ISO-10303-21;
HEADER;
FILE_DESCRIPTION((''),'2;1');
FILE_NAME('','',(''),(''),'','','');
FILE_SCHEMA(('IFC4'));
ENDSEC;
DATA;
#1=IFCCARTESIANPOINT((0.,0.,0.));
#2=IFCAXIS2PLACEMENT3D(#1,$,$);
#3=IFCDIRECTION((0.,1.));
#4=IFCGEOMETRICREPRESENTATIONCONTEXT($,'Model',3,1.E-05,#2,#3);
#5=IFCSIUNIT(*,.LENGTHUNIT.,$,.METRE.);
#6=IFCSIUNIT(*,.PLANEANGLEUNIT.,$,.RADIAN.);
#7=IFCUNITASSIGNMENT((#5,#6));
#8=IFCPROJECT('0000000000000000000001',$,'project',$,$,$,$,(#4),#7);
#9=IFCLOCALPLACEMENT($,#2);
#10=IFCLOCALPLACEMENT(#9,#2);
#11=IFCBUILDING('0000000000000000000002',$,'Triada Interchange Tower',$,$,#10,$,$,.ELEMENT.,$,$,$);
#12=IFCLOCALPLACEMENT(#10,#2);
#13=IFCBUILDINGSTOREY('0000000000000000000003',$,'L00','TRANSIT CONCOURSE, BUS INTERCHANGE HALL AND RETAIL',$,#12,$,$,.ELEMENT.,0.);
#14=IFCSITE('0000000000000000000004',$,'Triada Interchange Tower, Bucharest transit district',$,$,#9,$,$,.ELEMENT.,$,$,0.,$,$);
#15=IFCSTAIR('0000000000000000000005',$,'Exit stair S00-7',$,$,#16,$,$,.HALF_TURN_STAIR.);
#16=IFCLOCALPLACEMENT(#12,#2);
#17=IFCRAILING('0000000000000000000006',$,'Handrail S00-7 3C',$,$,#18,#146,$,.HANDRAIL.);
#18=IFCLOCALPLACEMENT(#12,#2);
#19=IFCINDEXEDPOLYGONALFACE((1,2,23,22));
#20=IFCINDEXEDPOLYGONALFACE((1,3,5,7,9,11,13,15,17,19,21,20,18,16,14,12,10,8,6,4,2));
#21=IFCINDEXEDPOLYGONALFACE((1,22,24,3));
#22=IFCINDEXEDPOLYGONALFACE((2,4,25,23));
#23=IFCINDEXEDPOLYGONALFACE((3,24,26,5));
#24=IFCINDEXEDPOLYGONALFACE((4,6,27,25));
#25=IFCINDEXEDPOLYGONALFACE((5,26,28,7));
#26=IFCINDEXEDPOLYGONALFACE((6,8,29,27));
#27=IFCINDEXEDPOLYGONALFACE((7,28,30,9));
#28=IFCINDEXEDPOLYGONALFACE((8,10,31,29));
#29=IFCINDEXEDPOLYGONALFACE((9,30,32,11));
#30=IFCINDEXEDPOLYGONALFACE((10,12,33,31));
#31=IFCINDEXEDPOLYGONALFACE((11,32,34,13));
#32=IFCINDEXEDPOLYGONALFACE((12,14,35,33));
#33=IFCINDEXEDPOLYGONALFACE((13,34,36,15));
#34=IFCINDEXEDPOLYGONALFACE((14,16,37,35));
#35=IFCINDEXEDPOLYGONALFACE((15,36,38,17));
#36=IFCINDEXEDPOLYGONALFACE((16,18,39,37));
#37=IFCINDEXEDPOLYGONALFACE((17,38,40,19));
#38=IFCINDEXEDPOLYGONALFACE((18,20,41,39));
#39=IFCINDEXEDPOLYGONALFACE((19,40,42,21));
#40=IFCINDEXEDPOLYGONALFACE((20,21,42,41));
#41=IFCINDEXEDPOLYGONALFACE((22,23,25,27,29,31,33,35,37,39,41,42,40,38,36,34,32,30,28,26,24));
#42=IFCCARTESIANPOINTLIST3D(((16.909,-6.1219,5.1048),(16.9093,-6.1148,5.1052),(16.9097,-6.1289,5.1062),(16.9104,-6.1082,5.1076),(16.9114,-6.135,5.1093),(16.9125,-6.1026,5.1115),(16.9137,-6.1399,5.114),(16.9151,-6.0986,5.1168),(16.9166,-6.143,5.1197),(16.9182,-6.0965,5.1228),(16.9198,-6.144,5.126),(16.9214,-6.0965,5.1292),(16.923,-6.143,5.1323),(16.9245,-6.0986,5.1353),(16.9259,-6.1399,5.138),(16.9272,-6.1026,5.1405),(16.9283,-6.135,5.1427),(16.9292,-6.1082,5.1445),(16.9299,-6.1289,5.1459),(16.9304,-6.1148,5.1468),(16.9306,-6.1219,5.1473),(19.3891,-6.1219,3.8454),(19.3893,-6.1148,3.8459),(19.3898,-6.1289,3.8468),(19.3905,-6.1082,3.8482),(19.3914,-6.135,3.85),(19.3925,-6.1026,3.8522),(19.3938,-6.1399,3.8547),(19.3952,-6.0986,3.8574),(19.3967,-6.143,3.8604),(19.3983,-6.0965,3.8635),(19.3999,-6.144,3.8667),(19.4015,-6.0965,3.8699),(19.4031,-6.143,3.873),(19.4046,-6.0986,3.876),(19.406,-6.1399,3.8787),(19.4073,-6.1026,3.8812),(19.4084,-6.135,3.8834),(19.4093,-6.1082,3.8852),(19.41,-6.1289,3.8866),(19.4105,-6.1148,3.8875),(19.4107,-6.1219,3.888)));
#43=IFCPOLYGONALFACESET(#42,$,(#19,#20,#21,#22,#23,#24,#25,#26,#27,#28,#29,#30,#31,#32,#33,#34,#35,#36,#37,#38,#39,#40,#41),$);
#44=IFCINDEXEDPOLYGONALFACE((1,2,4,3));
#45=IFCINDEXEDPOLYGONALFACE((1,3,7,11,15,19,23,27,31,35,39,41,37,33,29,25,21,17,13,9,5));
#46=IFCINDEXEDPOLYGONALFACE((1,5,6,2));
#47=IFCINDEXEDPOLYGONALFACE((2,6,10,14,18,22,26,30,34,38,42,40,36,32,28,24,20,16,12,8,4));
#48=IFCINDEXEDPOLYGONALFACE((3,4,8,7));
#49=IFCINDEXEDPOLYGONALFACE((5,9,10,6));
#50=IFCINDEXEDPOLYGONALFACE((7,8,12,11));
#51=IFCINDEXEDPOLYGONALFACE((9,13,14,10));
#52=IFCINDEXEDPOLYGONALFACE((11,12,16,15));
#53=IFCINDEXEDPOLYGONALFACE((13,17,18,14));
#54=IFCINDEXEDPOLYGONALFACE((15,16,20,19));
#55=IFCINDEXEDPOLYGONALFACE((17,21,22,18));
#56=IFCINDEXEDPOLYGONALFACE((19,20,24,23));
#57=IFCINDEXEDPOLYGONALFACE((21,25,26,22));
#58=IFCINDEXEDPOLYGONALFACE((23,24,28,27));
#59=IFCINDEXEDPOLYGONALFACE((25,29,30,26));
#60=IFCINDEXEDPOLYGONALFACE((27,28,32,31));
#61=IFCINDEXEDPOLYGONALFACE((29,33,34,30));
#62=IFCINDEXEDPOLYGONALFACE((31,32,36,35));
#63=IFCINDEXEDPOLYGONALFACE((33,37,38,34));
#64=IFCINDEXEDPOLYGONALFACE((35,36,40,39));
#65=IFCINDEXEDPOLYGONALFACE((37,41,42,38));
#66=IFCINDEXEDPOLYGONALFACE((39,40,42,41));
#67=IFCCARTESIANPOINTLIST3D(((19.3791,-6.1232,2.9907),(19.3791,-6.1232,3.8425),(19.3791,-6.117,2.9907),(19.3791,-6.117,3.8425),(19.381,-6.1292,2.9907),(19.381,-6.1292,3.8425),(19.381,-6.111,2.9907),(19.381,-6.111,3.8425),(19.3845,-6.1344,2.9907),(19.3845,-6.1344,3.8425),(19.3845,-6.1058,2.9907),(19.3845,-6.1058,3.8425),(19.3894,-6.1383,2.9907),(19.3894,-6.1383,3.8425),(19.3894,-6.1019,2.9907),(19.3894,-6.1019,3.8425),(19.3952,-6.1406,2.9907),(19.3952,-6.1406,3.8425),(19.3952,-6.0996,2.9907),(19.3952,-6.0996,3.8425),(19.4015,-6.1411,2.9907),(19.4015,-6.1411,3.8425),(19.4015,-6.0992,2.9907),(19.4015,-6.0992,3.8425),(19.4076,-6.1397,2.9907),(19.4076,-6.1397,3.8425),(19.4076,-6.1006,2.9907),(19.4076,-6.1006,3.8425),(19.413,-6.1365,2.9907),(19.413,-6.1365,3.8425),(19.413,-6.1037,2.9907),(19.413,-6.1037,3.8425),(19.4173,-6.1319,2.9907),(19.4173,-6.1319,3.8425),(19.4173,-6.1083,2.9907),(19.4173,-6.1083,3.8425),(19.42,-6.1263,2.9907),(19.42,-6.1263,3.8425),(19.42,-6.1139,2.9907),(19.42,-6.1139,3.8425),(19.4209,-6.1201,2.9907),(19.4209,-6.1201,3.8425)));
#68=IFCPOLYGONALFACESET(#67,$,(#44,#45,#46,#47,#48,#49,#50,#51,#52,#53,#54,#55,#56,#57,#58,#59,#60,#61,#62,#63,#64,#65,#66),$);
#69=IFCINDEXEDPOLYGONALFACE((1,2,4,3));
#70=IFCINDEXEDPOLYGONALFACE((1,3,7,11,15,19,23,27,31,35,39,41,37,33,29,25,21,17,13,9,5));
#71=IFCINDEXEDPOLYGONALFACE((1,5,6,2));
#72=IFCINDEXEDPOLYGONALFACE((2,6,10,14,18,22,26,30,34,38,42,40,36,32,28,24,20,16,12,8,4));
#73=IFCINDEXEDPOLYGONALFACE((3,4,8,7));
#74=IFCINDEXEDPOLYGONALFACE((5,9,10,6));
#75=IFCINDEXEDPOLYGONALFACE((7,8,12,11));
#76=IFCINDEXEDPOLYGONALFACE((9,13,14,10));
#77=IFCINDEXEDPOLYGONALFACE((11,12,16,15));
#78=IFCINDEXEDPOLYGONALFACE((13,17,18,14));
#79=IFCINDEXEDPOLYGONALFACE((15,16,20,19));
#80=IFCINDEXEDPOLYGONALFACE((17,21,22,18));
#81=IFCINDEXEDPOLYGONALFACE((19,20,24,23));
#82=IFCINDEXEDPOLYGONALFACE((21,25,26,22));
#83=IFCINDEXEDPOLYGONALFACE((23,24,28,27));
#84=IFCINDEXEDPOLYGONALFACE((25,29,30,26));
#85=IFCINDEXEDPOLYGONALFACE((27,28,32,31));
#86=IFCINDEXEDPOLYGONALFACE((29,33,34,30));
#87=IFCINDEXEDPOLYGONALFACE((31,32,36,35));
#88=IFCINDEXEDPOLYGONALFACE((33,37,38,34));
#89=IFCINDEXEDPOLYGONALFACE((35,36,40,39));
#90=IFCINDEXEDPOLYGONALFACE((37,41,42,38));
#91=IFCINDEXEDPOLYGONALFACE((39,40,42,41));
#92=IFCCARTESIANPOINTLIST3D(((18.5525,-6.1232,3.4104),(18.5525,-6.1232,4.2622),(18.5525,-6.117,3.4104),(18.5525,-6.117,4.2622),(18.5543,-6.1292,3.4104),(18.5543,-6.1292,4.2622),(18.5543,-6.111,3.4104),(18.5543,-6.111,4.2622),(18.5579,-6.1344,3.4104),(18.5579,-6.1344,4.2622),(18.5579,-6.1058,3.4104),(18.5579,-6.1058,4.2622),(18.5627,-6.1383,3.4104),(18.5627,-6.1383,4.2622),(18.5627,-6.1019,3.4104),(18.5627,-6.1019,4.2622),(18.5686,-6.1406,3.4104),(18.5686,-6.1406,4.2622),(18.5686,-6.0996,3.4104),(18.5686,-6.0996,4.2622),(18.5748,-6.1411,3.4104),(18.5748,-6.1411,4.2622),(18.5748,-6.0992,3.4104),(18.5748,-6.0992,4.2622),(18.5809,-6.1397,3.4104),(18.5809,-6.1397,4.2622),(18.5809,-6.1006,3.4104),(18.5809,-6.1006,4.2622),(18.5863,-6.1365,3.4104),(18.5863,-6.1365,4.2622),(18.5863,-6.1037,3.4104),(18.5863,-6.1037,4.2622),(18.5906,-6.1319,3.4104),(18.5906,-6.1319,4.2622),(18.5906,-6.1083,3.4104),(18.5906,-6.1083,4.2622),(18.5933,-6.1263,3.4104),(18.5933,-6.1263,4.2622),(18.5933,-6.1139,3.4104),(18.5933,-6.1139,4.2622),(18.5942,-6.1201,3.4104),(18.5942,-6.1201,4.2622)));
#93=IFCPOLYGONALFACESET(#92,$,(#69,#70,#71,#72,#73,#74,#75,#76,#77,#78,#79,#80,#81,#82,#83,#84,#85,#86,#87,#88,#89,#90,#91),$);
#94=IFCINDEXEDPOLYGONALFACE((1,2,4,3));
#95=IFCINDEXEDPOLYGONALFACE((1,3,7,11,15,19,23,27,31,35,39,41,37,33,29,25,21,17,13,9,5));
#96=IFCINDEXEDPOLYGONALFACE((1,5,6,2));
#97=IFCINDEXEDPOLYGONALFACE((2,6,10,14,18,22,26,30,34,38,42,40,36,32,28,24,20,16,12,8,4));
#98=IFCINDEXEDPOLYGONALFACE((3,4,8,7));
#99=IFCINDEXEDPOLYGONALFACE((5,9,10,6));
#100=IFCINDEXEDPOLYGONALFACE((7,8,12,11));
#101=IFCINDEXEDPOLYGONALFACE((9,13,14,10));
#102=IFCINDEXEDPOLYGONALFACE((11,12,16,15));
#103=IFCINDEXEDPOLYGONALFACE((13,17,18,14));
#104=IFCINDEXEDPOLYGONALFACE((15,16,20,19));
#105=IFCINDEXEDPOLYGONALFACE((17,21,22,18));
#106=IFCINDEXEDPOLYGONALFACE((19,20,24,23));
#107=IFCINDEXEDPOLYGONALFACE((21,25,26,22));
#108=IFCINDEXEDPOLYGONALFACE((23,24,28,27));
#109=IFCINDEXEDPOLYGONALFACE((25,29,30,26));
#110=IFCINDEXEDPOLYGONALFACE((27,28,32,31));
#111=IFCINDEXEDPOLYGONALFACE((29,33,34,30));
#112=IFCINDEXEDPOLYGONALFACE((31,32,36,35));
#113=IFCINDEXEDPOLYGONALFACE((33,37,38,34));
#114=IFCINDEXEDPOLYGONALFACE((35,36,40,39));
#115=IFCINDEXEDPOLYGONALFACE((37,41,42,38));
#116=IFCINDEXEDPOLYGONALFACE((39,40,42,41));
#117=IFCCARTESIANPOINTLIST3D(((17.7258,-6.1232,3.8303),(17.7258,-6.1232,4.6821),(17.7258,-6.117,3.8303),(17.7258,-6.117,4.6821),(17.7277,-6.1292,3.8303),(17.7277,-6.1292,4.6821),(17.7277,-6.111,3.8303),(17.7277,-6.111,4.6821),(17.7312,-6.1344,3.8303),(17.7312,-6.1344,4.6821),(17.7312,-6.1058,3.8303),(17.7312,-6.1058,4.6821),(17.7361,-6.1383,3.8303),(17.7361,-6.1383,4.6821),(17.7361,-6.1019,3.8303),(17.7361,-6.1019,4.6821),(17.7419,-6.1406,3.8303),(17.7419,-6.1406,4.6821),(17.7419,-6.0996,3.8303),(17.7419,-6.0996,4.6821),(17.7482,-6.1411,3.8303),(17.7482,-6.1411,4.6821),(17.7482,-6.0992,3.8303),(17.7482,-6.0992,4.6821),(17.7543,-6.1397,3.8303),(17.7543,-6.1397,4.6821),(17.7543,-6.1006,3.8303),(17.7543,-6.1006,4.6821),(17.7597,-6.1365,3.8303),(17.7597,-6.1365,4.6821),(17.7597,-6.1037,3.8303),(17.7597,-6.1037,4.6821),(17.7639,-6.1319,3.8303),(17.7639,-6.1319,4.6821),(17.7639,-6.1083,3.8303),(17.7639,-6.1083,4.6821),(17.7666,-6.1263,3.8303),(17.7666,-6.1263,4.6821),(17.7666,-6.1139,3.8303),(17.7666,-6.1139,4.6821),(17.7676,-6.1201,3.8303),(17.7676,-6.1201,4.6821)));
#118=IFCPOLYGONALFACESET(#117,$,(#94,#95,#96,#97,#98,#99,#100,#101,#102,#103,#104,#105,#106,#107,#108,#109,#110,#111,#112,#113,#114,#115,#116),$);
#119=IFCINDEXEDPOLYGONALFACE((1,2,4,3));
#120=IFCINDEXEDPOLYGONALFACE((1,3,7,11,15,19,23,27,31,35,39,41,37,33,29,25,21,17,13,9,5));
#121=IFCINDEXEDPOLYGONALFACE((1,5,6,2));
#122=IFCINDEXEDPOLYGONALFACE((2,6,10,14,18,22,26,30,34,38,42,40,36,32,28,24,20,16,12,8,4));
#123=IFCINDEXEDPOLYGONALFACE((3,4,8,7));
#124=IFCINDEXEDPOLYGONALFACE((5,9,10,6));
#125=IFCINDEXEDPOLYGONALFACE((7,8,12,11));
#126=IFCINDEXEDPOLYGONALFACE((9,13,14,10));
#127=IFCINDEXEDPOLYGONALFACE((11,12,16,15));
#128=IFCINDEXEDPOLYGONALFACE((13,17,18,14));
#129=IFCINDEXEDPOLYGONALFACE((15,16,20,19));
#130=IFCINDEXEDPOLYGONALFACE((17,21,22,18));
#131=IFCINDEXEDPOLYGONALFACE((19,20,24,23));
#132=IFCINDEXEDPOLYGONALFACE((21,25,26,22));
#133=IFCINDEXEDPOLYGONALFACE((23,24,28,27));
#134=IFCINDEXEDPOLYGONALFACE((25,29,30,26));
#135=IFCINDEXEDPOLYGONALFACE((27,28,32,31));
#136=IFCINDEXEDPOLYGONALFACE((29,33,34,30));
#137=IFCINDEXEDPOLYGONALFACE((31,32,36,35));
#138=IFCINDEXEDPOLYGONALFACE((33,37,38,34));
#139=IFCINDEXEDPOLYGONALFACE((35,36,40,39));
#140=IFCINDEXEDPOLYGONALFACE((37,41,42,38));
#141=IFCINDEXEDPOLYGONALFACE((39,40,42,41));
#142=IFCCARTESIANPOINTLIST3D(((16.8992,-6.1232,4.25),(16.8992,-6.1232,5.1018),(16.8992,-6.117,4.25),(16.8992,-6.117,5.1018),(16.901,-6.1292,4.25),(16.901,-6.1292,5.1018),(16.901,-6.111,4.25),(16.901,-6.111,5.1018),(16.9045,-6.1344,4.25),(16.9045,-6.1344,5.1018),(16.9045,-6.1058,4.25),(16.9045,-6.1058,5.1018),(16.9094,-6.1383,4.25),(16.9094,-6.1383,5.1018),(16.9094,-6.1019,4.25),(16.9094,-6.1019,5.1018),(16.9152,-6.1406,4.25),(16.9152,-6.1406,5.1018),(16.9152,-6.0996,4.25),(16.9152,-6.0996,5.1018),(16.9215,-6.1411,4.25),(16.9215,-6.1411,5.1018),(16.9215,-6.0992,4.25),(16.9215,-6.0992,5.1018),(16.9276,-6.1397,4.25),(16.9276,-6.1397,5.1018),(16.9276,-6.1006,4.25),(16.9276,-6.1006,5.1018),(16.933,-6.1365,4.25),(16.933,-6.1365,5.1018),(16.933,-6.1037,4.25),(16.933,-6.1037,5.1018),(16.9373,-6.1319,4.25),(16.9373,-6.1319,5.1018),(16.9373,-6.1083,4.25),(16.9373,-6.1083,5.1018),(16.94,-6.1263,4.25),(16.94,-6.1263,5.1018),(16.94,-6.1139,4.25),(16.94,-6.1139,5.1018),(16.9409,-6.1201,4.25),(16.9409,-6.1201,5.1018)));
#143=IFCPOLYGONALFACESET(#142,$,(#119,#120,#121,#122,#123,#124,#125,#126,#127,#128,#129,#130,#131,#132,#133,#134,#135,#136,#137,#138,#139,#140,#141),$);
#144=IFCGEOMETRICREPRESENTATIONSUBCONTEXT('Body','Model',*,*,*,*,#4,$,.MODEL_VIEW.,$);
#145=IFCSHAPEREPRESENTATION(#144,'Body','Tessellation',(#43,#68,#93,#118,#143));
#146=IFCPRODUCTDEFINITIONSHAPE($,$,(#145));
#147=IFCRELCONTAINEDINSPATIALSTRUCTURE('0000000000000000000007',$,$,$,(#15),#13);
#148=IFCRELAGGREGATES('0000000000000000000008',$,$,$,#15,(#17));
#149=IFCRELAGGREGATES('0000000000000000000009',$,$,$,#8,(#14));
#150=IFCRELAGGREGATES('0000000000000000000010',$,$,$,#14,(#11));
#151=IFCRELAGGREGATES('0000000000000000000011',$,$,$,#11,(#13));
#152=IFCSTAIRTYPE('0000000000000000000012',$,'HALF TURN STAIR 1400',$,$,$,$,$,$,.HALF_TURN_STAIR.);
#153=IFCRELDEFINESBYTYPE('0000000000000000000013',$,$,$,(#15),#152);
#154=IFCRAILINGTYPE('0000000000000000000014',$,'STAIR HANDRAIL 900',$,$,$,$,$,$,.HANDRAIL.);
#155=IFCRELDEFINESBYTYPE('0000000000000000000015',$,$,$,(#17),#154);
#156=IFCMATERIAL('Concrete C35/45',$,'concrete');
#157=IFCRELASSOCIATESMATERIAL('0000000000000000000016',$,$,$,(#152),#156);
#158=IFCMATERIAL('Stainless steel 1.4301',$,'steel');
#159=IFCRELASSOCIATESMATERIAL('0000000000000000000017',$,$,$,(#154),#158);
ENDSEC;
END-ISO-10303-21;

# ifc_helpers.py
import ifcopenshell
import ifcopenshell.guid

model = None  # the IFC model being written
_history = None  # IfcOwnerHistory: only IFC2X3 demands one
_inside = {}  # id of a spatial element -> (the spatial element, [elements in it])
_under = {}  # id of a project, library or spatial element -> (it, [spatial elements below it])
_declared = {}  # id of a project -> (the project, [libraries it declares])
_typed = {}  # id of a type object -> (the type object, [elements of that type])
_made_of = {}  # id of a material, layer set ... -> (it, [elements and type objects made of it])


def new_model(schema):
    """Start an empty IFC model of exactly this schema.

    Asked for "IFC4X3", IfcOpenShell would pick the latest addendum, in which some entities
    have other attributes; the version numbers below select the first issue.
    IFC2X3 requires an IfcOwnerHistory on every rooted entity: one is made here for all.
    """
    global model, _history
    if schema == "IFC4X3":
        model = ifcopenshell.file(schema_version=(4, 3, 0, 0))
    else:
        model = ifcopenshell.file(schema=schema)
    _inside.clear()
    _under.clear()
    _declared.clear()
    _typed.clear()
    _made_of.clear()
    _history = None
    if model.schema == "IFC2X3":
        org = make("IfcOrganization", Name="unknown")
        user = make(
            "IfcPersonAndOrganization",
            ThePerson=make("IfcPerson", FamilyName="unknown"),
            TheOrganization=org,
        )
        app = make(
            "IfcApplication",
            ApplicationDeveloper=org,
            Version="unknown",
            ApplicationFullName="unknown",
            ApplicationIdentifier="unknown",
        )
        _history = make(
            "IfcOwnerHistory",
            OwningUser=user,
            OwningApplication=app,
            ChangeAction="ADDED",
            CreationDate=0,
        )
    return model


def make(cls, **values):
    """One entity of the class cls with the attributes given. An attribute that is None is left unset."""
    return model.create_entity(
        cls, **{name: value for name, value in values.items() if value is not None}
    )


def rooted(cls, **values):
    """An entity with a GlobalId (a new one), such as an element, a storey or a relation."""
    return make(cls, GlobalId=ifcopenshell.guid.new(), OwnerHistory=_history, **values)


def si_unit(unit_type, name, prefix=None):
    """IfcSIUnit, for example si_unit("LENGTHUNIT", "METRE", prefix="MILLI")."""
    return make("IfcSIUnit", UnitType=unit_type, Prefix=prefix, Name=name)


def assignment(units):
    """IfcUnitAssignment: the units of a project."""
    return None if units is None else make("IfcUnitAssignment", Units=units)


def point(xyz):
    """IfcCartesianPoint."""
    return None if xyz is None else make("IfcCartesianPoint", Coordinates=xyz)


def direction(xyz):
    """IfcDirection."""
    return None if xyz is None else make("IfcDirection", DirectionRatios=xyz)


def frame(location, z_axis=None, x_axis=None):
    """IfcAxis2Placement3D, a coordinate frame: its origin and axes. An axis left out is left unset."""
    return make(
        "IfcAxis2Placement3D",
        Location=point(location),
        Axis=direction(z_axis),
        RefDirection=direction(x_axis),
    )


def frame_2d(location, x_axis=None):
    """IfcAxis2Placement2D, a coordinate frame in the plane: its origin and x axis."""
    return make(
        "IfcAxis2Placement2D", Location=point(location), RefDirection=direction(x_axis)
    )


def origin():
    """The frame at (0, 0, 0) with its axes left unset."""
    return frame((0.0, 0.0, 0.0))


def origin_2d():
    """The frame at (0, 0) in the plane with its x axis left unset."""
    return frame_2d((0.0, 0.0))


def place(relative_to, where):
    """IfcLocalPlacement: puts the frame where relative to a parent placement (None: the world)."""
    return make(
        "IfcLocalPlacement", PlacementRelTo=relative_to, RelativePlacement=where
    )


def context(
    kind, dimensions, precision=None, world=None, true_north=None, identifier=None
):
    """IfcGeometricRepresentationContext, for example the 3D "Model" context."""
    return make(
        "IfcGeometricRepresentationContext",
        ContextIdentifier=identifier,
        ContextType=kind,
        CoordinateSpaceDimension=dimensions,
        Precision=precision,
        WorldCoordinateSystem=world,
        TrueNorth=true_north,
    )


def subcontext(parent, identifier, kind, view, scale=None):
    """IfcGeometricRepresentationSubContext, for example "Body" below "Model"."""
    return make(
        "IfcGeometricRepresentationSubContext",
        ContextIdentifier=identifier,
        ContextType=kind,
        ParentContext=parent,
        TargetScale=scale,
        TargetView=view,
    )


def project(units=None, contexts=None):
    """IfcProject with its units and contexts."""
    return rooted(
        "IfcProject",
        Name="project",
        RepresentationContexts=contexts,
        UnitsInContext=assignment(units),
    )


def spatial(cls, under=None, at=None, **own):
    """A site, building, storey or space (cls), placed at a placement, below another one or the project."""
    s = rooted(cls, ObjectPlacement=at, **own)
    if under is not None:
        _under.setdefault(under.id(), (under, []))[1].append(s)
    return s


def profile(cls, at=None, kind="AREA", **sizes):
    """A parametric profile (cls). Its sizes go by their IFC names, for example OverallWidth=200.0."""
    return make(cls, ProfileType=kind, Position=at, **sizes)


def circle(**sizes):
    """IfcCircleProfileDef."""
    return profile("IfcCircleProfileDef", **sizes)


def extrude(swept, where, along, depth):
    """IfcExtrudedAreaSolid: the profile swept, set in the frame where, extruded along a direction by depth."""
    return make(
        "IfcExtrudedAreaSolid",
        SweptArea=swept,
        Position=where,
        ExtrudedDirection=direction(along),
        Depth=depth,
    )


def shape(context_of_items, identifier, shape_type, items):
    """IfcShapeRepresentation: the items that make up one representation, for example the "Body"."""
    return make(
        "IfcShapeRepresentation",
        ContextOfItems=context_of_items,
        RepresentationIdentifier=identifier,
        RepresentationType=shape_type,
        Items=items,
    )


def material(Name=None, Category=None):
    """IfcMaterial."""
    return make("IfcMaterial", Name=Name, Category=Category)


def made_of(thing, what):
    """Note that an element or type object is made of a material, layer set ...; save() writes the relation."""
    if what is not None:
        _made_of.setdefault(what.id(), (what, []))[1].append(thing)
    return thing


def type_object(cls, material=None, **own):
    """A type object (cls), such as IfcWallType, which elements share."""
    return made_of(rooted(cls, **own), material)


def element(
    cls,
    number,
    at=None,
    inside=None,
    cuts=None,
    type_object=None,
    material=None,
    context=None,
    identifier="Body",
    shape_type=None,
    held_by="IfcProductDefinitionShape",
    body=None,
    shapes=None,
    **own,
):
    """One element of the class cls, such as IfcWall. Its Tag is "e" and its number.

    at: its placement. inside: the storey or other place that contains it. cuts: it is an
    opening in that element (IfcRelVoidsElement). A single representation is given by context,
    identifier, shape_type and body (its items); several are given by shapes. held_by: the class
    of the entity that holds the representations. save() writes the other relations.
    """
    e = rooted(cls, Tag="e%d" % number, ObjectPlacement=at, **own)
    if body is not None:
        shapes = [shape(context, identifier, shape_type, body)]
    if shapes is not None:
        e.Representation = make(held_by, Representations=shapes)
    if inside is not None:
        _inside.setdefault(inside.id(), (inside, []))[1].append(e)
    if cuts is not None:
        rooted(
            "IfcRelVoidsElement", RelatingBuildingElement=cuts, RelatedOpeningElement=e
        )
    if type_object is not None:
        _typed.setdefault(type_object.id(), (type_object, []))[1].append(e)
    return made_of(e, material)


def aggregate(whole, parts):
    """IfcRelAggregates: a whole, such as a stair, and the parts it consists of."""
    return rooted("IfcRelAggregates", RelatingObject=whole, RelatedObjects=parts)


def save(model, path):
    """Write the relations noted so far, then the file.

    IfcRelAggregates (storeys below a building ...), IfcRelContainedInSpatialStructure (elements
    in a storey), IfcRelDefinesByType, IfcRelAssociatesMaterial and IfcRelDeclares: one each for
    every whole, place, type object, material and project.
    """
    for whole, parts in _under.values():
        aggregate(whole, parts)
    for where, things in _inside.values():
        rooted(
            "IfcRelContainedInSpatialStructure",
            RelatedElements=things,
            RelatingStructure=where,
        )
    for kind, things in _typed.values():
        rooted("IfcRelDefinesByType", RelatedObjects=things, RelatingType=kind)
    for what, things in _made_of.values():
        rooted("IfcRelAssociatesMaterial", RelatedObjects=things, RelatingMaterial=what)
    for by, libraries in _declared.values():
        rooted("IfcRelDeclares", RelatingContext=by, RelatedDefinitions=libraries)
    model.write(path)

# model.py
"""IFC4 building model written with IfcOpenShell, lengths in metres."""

from ifc_helpers import new_model, si_unit, direction, frame, origin, origin_2d, place, context, subcontext, project, spatial, circle, extrude, material, type_object, element, aggregate, save


model = new_model("IFC4")

# Units and contexts
model_context = context("Model", 3, precision=1e-05, world=origin(), true_north=direction((0.0, 1.0)))
body_context = subcontext(model_context, "Body", "Model", "MODEL_VIEW")
ifc_project = project(units=[si_unit("LENGTHUNIT", "METRE"), si_unit("PLANEANGLEUNIT", "RADIAN")], contexts=[model_context])

# Site, building, storey
site_placement = place(None, origin())
site = spatial("IfcSite", under=ifc_project, at=site_placement, Name="Triada Interchange Tower, Bucharest transit district", CompositionType="ELEMENT", RefElevation=0.0)
building_placement = place(site_placement, origin())
building = spatial("IfcBuilding", under=site, at=building_placement, Name="Triada Interchange Tower", CompositionType="ELEMENT")
storey_placement = place(building_placement, origin())
storey = spatial("IfcBuildingStorey", under=building, at=storey_placement, Name="L00", Description="TRANSIT CONCOURSE, BUS INTERCHANGE HALL AND RETAIL", CompositionType="ELEMENT", Elevation=0.0)

# Shared definitions
ifc_material_1 = material(Name="Concrete C35/45", Category="concrete")

# Stair, railing
stair_type = type_object("IfcStairType", Name="HALF TURN STAIR 1400", PredefinedType="HALF_TURN_STAIR", material=ifc_material_1)
stair_placement = place(storey_placement, origin())
stair = element("IfcStair", 1, at=stair_placement, inside=storey, type_object=stair_type, Name="Exit stair S00-7", PredefinedType="HALF_TURN_STAIR")
ifc_material_2 = material(Name="Stainless steel 1.4301", Category="steel")
railing_type_1 = type_object("IfcRailingType", Name="STAIR HANDRAIL 900", PredefinedType="HANDRAIL", material=ifc_material_2)
railing_1_placement = place(storey_placement, frame((19.3999, -6.1201, 2.9907)))
railing_1 = element("IfcRailing", 2, at=railing_1_placement, type_object=railing_type_1, Name="Handrail S00-7 3C", PredefinedType="HANDRAIL", context=body_context, shape_type="SweptSolid", body=[
    extrude(circle(Radius=0.0239, at=origin_2d()), frame((0.0, 0.0, 0.876), z_axis=(-0.891636, 0.0, 0.452752), x_axis=(0.0, -1.0, 0.0)), (0.0, 0.0, 1.0), 2.7815),
    extrude(circle(Radius=0.021, at=origin_2d()), origin(), (0.0, 0.0, 1.0), 0.8518),
    extrude(circle(Radius=0.021, at=origin_2d()), frame((-0.8267, 0.0, 0.4197)), (0.0, 0.0, 1.0), 0.8518),
    extrude(circle(Radius=0.021, at=origin_2d()), frame((-1.6533, 0.0, 0.8396)), (0.0, 0.0, 1.0), 0.8518),
    extrude(circle(Radius=0.021, at=origin_2d()), frame((-2.48, 0.0, 1.2593)), (0.0, 0.0, 1.0), 0.8518),
])
aggregate(stair, [railing_1])

save(model, "model.ifc")
